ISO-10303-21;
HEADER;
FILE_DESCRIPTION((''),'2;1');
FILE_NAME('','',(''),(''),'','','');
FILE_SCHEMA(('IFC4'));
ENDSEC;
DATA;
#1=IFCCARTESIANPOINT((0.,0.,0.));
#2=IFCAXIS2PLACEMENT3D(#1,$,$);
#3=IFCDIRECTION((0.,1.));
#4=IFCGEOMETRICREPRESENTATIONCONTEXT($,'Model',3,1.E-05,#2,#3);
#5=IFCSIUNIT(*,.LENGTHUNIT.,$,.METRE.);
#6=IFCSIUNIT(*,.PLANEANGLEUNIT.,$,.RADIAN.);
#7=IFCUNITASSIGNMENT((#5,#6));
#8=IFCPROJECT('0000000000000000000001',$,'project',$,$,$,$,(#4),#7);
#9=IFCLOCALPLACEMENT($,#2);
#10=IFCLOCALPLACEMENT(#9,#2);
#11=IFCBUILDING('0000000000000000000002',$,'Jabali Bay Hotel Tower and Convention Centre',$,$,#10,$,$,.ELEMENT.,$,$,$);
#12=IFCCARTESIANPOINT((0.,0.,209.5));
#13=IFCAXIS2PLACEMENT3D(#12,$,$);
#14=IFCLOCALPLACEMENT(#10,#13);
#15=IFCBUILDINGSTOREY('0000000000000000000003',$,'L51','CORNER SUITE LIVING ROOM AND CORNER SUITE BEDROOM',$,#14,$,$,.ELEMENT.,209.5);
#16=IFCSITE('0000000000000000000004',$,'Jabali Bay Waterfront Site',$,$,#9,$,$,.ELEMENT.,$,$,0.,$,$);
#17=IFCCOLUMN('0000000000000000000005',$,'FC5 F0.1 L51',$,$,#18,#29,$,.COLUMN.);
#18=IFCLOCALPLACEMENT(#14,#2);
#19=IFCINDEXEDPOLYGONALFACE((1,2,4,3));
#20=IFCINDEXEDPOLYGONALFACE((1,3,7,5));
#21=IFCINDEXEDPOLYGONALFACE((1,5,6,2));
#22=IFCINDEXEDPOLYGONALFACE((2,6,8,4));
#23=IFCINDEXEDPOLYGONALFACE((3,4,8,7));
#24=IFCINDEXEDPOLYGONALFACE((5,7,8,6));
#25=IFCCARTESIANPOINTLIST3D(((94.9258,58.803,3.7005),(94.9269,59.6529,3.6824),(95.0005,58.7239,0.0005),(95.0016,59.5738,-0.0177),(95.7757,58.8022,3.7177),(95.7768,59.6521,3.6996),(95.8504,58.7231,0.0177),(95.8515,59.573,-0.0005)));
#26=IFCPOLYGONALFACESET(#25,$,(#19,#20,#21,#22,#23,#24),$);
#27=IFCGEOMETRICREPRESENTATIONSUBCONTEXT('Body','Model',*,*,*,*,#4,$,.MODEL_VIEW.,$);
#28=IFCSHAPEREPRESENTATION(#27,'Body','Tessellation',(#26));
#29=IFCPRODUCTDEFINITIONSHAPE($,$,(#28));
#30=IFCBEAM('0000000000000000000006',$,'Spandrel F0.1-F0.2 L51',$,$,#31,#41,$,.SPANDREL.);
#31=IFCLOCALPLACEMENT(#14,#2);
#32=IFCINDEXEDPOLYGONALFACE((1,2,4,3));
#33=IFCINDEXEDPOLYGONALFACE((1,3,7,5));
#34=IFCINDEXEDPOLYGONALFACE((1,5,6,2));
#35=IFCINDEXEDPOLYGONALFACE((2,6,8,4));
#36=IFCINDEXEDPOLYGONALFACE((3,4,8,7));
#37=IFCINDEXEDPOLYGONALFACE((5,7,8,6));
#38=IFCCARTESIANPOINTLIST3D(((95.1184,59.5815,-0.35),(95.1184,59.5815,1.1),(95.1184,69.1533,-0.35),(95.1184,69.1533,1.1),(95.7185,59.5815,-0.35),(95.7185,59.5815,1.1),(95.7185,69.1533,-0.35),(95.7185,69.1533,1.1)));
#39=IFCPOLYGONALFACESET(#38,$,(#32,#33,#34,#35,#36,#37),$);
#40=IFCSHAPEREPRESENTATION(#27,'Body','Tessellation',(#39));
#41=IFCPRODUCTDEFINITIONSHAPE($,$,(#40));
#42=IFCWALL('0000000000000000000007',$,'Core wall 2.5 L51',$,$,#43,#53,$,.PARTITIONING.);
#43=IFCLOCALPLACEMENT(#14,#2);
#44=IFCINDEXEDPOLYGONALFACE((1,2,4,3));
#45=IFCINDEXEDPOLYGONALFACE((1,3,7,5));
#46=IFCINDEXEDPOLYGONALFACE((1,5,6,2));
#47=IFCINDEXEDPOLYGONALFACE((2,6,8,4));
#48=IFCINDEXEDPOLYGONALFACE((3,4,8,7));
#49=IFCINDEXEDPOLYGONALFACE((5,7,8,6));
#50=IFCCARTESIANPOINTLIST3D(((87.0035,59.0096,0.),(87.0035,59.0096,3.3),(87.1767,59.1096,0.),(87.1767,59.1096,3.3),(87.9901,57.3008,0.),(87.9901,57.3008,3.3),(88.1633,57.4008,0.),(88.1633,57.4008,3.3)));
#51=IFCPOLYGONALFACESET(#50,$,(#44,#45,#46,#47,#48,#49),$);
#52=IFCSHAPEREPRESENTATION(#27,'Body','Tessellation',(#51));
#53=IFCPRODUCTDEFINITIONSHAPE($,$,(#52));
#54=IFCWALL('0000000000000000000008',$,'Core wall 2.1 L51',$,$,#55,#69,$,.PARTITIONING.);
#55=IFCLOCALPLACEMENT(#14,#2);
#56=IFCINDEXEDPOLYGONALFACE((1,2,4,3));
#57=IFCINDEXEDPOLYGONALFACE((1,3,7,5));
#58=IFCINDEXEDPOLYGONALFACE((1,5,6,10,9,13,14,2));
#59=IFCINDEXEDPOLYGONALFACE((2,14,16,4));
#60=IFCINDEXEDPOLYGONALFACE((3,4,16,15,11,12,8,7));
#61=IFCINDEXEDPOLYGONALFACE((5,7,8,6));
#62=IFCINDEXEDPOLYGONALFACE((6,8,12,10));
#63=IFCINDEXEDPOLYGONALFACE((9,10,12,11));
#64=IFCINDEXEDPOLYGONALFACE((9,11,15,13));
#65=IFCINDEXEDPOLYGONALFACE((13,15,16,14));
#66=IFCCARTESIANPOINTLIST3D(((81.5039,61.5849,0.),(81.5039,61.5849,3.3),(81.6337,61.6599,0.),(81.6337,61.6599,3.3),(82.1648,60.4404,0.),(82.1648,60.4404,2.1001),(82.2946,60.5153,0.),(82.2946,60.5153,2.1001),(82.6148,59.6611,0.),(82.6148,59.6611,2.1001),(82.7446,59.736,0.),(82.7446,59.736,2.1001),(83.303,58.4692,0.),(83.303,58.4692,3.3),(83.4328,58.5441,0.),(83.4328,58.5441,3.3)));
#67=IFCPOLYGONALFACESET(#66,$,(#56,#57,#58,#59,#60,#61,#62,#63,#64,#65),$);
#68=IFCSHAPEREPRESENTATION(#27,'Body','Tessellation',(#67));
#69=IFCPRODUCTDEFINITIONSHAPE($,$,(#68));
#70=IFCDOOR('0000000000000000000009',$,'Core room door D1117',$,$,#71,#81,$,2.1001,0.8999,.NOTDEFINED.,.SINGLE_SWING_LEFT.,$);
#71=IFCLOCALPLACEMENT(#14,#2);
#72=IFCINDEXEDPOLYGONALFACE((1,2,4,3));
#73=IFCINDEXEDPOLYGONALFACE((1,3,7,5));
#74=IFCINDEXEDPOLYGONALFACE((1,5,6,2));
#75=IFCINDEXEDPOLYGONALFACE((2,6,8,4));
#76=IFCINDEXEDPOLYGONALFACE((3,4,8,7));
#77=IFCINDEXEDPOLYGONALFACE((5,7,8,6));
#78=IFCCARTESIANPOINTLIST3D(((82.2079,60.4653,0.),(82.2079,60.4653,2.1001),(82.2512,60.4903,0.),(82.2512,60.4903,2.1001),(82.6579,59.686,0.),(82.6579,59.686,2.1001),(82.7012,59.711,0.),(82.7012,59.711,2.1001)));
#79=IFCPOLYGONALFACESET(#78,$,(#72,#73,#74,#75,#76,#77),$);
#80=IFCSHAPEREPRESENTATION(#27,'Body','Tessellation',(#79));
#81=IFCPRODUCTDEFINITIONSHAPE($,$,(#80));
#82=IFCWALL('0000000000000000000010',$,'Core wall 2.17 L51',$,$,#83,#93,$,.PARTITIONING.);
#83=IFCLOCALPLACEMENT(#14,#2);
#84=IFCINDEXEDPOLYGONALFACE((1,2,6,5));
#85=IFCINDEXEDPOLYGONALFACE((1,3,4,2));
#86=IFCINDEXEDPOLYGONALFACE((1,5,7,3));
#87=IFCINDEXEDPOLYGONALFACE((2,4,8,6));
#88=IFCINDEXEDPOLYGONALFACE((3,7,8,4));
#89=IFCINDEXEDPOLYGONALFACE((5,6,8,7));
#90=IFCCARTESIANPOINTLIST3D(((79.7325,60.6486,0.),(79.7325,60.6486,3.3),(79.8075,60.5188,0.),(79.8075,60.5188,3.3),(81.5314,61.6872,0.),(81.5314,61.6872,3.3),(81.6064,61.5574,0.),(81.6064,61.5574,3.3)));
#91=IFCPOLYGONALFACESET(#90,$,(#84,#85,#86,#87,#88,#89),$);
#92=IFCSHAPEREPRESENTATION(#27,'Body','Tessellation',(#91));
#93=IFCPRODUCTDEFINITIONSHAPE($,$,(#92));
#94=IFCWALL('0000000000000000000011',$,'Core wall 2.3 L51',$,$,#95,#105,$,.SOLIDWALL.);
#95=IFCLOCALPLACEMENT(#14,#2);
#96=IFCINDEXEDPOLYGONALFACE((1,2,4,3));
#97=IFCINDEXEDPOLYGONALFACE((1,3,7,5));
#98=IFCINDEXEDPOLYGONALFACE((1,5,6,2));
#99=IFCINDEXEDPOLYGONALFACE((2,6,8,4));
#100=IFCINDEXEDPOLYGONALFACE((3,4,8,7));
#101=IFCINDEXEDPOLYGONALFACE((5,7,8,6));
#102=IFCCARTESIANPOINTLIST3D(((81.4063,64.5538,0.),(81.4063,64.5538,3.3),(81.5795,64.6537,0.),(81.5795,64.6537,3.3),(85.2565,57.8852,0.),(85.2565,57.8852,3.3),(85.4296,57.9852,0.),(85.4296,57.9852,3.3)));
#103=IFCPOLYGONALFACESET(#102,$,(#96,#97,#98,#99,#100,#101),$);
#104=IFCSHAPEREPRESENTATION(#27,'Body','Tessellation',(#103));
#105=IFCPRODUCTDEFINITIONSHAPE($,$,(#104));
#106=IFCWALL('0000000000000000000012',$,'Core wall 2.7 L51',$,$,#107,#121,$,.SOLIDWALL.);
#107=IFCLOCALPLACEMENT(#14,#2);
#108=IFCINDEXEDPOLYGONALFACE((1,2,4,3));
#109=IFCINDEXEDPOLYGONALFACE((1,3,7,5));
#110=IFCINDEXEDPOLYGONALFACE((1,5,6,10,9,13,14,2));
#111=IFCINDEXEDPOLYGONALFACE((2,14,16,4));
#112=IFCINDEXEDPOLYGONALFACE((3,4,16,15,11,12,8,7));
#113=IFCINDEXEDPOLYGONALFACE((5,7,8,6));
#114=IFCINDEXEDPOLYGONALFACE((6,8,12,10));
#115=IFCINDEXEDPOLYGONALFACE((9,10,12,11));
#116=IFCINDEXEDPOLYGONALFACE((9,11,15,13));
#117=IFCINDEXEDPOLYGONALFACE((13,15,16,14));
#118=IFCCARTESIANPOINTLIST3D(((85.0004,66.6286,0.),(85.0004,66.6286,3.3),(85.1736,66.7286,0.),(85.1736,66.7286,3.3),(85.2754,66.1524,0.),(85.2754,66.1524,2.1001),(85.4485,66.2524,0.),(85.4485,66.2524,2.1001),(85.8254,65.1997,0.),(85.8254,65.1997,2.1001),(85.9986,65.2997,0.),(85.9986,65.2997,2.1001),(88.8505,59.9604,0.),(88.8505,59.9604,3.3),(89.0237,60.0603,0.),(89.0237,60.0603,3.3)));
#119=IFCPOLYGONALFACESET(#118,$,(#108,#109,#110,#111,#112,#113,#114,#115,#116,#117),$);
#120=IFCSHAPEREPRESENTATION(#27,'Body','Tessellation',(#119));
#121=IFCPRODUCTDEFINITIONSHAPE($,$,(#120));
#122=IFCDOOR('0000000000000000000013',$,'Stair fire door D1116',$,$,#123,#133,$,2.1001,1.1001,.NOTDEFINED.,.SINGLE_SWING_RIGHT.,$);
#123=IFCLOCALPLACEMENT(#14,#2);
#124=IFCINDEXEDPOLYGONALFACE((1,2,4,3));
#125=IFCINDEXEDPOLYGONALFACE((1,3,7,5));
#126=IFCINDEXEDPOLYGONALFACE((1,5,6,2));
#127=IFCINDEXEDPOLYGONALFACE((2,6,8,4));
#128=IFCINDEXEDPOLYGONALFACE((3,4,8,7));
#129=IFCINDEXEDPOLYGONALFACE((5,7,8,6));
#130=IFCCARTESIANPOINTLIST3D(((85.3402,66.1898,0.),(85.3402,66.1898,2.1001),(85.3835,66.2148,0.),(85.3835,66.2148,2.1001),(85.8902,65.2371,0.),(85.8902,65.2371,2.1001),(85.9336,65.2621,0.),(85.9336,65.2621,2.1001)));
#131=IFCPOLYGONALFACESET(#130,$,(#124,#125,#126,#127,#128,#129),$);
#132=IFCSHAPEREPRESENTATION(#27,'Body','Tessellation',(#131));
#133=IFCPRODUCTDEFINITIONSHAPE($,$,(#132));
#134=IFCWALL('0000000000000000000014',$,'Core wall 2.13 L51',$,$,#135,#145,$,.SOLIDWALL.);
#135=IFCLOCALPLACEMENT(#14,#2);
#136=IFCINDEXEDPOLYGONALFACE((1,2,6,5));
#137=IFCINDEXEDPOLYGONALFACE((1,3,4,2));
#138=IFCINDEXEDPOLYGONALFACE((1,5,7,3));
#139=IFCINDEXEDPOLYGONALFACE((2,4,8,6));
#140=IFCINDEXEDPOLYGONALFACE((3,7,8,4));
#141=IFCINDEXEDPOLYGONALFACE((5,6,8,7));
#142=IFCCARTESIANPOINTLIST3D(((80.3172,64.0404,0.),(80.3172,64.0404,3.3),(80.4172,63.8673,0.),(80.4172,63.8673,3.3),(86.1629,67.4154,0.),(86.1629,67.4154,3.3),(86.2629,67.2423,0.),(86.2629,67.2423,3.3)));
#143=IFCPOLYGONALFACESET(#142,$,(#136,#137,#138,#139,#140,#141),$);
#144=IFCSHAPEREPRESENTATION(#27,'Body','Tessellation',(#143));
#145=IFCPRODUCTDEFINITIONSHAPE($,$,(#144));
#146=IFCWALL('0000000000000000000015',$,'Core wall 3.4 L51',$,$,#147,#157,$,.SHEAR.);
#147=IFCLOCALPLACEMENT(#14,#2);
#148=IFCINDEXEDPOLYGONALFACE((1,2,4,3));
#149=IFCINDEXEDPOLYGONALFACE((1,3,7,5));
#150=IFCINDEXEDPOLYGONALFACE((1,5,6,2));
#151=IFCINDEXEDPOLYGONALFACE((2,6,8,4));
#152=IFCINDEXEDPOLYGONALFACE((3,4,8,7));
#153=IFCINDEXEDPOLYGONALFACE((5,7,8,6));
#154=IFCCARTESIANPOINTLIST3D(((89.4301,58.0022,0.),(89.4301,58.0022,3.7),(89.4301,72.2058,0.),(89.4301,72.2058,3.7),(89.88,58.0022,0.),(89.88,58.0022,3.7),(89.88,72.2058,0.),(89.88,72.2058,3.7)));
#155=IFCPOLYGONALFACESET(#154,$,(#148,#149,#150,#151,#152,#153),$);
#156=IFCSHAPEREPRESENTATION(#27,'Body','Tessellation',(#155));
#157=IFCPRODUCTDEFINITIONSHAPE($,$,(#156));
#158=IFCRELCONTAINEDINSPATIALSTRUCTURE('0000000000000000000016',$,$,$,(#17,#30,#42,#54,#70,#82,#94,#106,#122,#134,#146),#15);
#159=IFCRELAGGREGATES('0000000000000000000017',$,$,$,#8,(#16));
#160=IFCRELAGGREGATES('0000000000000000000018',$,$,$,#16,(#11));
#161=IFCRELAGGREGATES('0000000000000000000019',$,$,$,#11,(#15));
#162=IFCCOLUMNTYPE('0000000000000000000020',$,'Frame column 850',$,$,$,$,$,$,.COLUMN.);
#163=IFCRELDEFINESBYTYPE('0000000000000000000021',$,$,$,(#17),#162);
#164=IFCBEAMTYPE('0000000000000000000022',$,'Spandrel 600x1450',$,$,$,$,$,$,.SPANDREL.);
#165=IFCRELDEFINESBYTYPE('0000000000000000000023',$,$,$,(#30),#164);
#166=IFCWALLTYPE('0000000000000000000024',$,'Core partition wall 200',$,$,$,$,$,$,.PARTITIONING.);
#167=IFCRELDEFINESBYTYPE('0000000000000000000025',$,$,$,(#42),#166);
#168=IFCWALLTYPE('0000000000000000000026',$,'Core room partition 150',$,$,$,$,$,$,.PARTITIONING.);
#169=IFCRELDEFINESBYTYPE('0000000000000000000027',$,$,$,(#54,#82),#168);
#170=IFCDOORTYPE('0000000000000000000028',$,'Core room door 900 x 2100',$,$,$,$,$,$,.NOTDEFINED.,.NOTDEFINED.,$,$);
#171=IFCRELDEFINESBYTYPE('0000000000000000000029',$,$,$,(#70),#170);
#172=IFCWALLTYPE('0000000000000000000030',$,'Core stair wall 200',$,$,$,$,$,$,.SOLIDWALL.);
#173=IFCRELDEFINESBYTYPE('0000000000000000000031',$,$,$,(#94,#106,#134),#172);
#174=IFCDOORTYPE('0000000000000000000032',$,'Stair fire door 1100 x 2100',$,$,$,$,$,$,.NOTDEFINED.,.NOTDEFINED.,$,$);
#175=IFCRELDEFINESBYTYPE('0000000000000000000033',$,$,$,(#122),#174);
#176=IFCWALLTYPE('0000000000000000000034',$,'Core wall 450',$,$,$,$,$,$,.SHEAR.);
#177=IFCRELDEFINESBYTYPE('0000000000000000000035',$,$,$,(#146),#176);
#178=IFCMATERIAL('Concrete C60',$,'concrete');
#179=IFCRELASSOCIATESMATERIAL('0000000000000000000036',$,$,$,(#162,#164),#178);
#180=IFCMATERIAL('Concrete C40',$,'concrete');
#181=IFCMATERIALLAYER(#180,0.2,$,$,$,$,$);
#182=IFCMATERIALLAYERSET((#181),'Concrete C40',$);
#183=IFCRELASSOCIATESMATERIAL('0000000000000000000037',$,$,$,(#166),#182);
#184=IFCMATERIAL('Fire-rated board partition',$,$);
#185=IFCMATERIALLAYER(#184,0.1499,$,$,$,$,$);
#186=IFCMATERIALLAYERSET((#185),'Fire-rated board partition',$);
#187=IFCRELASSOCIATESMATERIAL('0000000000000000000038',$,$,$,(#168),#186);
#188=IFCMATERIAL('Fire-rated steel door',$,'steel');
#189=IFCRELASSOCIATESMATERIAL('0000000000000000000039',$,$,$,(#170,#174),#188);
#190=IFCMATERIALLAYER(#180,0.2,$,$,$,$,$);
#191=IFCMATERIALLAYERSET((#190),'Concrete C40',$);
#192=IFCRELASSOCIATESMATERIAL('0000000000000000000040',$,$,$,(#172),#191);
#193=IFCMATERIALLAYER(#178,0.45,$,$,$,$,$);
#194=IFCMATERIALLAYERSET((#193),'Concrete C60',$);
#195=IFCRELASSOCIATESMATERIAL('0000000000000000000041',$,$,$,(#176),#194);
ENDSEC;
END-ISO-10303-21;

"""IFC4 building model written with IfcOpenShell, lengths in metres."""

from ifc_helpers import new_model, si_unit, direction, frame, frame_2d, origin, origin_2d, place, context, subcontext, project, spatial, rectangle, extrude, material, layer, layer_set, material_profile, profile_set, type_object, element, fill, save


model = new_model("IFC4")

# Units and contexts
model_context = context("Model", 3, precision=1e-05, world=origin(), true_north=direction((0.0, 1.0)))
body_context = subcontext(model_context, "Body", "Model", "MODEL_VIEW")
ifc_project = project(units=[si_unit("LENGTHUNIT", "METRE"), si_unit("PLANEANGLEUNIT", "RADIAN")], contexts=[model_context])

# Site, building, storey
site_placement = place(None, origin())
site = spatial("IfcSite", under=ifc_project, at=site_placement, Name="Jabali Bay Waterfront Site", CompositionType="ELEMENT", RefElevation=0.0)
building_placement = place(site_placement, origin())
building = spatial("IfcBuilding", under=site, at=building_placement, Name="Jabali Bay Hotel Tower and Convention Centre", CompositionType="ELEMENT")
storey_placement = place(building_placement, frame((0.0, 0.0, 209.5)))
storey = spatial("IfcBuildingStorey", under=building, at=storey_placement, Name="L51", Description="CORNER SUITE LIVING ROOM AND CORNER SUITE BEDROOM", CompositionType="ELEMENT", Elevation=209.5)

# Column
ifc_material_1 = material(Name="Concrete C60", Category="concrete")
ifc_material_profile_1 = material_profile(ifc_material_1, rectangle(XDim=0.8501, YDim=0.8501, at=origin_2d()), Name="Frame column 850")
ifc_profile_set_1 = profile_set([ifc_material_profile_1], Name="Concrete C60")
column_type = type_object("IfcColumnType", Name="Frame column 850", PredefinedType="COLUMN", material=ifc_profile_set_1)
column_placement = place(storey_placement, frame((95.426, 59.1484, 0.0), z_axis=(-0.020183, 0.02137, 0.999568), x_axis=(-0.001315, -0.999771, 0.021348)))
element("IfcColumn", 1, at=column_placement, inside=storey, type_object=column_type, Name="FC5 F0.1 L51", PredefinedType="COLUMN", context=body_context, shape_type="SweptSolid", body=[
    extrude(rectangle(XDim=0.8501, YDim=0.8501, at=origin_2d()), origin(), (0.0, 0.0, 1.0), 3.7017),
])

# Beam
ifc_material_profile_2 = material_profile(ifc_material_1, rectangle(XDim=0.6001, YDim=1.45, at=origin_2d()), Name="Spandrel 600x1450")
ifc_profile_set_2 = profile_set([ifc_material_profile_2], Name="Concrete C60")
beam_type = type_object("IfcBeamType", Name="Spandrel 600x1450", PredefinedType="SPANDREL", material=ifc_profile_set_2)
beam_placement = place(storey_placement, frame((95.4185, 59.5815, 0.375), z_axis=(0.0, 1.0, 0.0), x_axis=(-1.0, 0.0, 0.0)))
element("IfcBeam", 2, at=beam_placement, inside=storey, type_object=beam_type, Name="Spandrel F0.1-F0.2 L51", PredefinedType="SPANDREL", context=body_context, shape_type="SweptSolid", body=[
    extrude(rectangle(XDim=0.6001, YDim=1.45, at=origin_2d()), origin(), (0.0, 0.0, 1.0), 9.5718),
])

# Wall
ifc_material_2 = material(Name="Concrete C40", Category="concrete")
ifc_layer_1 = layer(ifc_material_2, 0.2)
ifc_layer_set_1 = layer_set([ifc_layer_1], Name="Concrete C40")
wall_type_1 = type_object("IfcWallType", Name="Core partition wall 200", PredefinedType="PARTITIONING", material=ifc_layer_set_1)
wall_1_placement = place(storey_placement, frame((87.0901, 59.0596, 0.0), z_axis=(0.0, 0.0, 1.0), x_axis=(0.500012, -0.866019, 0.0)))
element("IfcWall", 3, at=wall_1_placement, inside=storey, type_object=wall_type_1, Name="Core wall 2.5 L51", PredefinedType="PARTITIONING", context=body_context, shape_type="SweptSolid", body=[
    extrude(rectangle(XDim=1.9731, YDim=0.2, at=frame_2d((0.9866, 0.0))), origin(), (0.0, 0.0, 1.0), 3.3),
])

# Wall, opening, door
ifc_material_3 = material(Name="Fire-rated board partition")
ifc_layer_2 = layer(ifc_material_3, 0.1499)
ifc_layer_set_2 = layer_set([ifc_layer_2], Name="Fire-rated board partition")
wall_type_2 = type_object("IfcWallType", Name="Core room partition 150", PredefinedType="PARTITIONING", material=ifc_layer_set_2)
wall_2_placement = place(storey_placement, frame((81.5688, 61.6223, 0.0), z_axis=(0.0, 0.0, 1.0), x_axis=(0.500044, -0.866, 0.0)))
wall_2 = element("IfcWall", 4, at=wall_2_placement, inside=storey, type_object=wall_type_2, Name="Core wall 2.1 L51", PredefinedType="PARTITIONING", context=body_context, shape_type="SweptSolid", body=[
    extrude(rectangle(XDim=3.5979, YDim=0.1499, at=frame_2d((1.7988, 0.0))), origin(), (0.0, 0.0, 1.0), 3.3),
])
opening_1_placement = place(wall_2_placement, frame((1.3215, 0.0, 0.0)))
opening_1 = element("IfcOpeningElement", 5, at=opening_1_placement, cuts=wall_2, PredefinedType="OPENING", context=body_context, shape_type="SweptSolid", body=[
    extrude(rectangle(XDim=0.8999, YDim=2.1001, at=frame_2d((0.45, 1.05))), frame((0.0, 0.0854, 0.0), z_axis=(0.0, -1.0, 0.0), x_axis=(1.0, 0.0, 0.0)), (0.0, 0.0, 1.0), 0.1709),
])
ifc_material_4 = material(Name="Fire-rated steel door", Category="steel")
door_type_1 = type_object("IfcDoorType", Name="Core room door 900 x 2100", OperationType="NOTDEFINED", PredefinedType="NOTDEFINED", material=ifc_material_4)
door_1_placement = place(opening_1_placement, origin())
door_1 = element("IfcDoor", 6, at=door_1_placement, inside=storey, type_object=door_type_1, Name="Core room door D1117", OperationType="SINGLE_SWING_LEFT", OverallHeight=2.1001, OverallWidth=0.8999, PredefinedType="NOTDEFINED", context=body_context, shape_type="SweptSolid", body=[
    extrude(rectangle(XDim=0.8999, YDim=2.1001, at=frame_2d((0.45, 1.05))), frame((0.0, 0.0249, 0.0), z_axis=(0.0, -1.0, 0.0), x_axis=(1.0, 0.0, 0.0)), (0.0, 0.0, 1.0), 0.05),
])
fill(opening_1, door_1)

# Walls
wall_3_placement = place(storey_placement, frame((79.77, 60.5837, 0.0), z_axis=(0.0, 0.0, 1.0), x_axis=(0.866021, 0.500007, 0.0)))
element("IfcWall", 7, at=wall_3_placement, inside=storey, type_object=wall_type_2, Name="Core wall 2.17 L51", PredefinedType="PARTITIONING", context=body_context, shape_type="SweptSolid", body=[
    extrude(rectangle(XDim=2.0771, YDim=0.1499, at=frame_2d((1.0386, 0.0))), origin(), (0.0, 0.0, 1.0), 3.3),
])
ifc_layer_3 = layer(ifc_material_2, 0.2)
ifc_layer_set_3 = layer_set([ifc_layer_3], Name="Concrete C40")
wall_type_3 = type_object("IfcWallType", Name="Core stair wall 200", PredefinedType="SOLIDWALL", material=ifc_layer_set_3)
wall_4_placement = place(storey_placement, frame((81.4929, 64.6038, 0.0), z_axis=(0.0, 0.0, 1.0), x_axis=(0.500006, -0.866022, 0.0)))
element("IfcWall", 8, at=wall_4_placement, inside=storey, type_object=wall_type_3, Name="Core wall 2.3 L51", PredefinedType="SOLIDWALL", context=body_context, shape_type="SweptSolid", body=[
    extrude(rectangle(XDim=7.7002, YDim=0.2, at=frame_2d((3.8501, 0.0))), origin(), (0.0, 0.0, 1.0), 3.3),
])

# Wall, opening, door
wall_5_placement = place(storey_placement, frame((85.0869, 66.6787, 0.0), z_axis=(0.0, 0.0, 1.0), x_axis=(0.50002, -0.866014, 0.0)))
wall_5 = element("IfcWall", 9, at=wall_5_placement, inside=storey, type_object=wall_type_3, Name="Core wall 2.7 L51", PredefinedType="SOLIDWALL", context=body_context, shape_type="SweptSolid", body=[
    extrude(rectangle(XDim=7.7, YDim=0.2, at=frame_2d((3.8501, 0.0))), origin(), (0.0, 0.0, 1.0), 3.3),
])
opening_2_placement = place(wall_5_placement, frame((0.55, 0.0, 0.0)))
opening_2 = element("IfcOpeningElement", 10, at=opening_2_placement, cuts=wall_5, PredefinedType="OPENING", context=body_context, shape_type="SweptSolid", body=[
    extrude(rectangle(XDim=1.1001, YDim=2.1001, at=frame_2d((0.55, 1.05))), frame((0.0, 0.1104, 0.0), z_axis=(0.0, -1.0, 0.0), x_axis=(1.0, 0.0, 0.0)), (0.0, 0.0, 1.0), 0.2209),
])
door_type_2 = type_object("IfcDoorType", Name="Stair fire door 1100 x 2100", OperationType="NOTDEFINED", PredefinedType="NOTDEFINED", material=ifc_material_4)
door_2_placement = place(opening_2_placement, origin())
door_2 = element("IfcDoor", 11, at=door_2_placement, inside=storey, type_object=door_type_2, Name="Stair fire door D1116", OperationType="SINGLE_SWING_RIGHT", OverallHeight=2.1001, OverallWidth=1.1001, PredefinedType="NOTDEFINED", context=body_context, shape_type="SweptSolid", body=[
    extrude(rectangle(XDim=1.1001, YDim=2.1001, at=frame_2d((0.55, 1.05))), frame((0.0, 0.0249, 0.0), z_axis=(0.0, -1.0, 0.0), x_axis=(1.0, 0.0, 0.0)), (0.0, 0.0, 1.0), 0.05),
])
fill(opening_2, door_2)

# Walls
wall_6_placement = place(storey_placement, frame((80.3672, 63.9539, 0.0), z_axis=(0.0, 0.0, 1.0), x_axis=(0.866027, 0.499998, 0.0)))
element("IfcWall", 12, at=wall_6_placement, inside=storey, type_object=wall_type_3, Name="Core wall 2.13 L51", PredefinedType="SOLIDWALL", context=body_context, shape_type="SweptSolid", body=[
    extrude(rectangle(XDim=6.75, YDim=0.2, at=frame_2d((3.375, 0.0))), origin(), (0.0, 0.0, 1.0), 3.3),
])
ifc_layer_4 = layer(ifc_material_1, 0.45)
ifc_layer_set_4 = layer_set([ifc_layer_4], Name="Concrete C60")
wall_type_4 = type_object("IfcWallType", Name="Core wall 450", PredefinedType="SHEAR", material=ifc_layer_set_4)
wall_7_placement = place(storey_placement, frame((89.655, 58.0022, 0.0), z_axis=(0.0, 0.0, 1.0), x_axis=(0.0, 1.0, 0.0)))
element("IfcWall", 13, at=wall_7_placement, inside=storey, type_object=wall_type_4, Name="Core wall 3.4 L51", PredefinedType="SHEAR", context=body_context, shape_type="SweptSolid", body=[
    extrude(rectangle(XDim=14.2036, YDim=0.45, at=frame_2d((7.1018, 0.0))), origin(), (0.0, 0.0, 1.0), 3.7),
])

save(model, "model.ifc")
